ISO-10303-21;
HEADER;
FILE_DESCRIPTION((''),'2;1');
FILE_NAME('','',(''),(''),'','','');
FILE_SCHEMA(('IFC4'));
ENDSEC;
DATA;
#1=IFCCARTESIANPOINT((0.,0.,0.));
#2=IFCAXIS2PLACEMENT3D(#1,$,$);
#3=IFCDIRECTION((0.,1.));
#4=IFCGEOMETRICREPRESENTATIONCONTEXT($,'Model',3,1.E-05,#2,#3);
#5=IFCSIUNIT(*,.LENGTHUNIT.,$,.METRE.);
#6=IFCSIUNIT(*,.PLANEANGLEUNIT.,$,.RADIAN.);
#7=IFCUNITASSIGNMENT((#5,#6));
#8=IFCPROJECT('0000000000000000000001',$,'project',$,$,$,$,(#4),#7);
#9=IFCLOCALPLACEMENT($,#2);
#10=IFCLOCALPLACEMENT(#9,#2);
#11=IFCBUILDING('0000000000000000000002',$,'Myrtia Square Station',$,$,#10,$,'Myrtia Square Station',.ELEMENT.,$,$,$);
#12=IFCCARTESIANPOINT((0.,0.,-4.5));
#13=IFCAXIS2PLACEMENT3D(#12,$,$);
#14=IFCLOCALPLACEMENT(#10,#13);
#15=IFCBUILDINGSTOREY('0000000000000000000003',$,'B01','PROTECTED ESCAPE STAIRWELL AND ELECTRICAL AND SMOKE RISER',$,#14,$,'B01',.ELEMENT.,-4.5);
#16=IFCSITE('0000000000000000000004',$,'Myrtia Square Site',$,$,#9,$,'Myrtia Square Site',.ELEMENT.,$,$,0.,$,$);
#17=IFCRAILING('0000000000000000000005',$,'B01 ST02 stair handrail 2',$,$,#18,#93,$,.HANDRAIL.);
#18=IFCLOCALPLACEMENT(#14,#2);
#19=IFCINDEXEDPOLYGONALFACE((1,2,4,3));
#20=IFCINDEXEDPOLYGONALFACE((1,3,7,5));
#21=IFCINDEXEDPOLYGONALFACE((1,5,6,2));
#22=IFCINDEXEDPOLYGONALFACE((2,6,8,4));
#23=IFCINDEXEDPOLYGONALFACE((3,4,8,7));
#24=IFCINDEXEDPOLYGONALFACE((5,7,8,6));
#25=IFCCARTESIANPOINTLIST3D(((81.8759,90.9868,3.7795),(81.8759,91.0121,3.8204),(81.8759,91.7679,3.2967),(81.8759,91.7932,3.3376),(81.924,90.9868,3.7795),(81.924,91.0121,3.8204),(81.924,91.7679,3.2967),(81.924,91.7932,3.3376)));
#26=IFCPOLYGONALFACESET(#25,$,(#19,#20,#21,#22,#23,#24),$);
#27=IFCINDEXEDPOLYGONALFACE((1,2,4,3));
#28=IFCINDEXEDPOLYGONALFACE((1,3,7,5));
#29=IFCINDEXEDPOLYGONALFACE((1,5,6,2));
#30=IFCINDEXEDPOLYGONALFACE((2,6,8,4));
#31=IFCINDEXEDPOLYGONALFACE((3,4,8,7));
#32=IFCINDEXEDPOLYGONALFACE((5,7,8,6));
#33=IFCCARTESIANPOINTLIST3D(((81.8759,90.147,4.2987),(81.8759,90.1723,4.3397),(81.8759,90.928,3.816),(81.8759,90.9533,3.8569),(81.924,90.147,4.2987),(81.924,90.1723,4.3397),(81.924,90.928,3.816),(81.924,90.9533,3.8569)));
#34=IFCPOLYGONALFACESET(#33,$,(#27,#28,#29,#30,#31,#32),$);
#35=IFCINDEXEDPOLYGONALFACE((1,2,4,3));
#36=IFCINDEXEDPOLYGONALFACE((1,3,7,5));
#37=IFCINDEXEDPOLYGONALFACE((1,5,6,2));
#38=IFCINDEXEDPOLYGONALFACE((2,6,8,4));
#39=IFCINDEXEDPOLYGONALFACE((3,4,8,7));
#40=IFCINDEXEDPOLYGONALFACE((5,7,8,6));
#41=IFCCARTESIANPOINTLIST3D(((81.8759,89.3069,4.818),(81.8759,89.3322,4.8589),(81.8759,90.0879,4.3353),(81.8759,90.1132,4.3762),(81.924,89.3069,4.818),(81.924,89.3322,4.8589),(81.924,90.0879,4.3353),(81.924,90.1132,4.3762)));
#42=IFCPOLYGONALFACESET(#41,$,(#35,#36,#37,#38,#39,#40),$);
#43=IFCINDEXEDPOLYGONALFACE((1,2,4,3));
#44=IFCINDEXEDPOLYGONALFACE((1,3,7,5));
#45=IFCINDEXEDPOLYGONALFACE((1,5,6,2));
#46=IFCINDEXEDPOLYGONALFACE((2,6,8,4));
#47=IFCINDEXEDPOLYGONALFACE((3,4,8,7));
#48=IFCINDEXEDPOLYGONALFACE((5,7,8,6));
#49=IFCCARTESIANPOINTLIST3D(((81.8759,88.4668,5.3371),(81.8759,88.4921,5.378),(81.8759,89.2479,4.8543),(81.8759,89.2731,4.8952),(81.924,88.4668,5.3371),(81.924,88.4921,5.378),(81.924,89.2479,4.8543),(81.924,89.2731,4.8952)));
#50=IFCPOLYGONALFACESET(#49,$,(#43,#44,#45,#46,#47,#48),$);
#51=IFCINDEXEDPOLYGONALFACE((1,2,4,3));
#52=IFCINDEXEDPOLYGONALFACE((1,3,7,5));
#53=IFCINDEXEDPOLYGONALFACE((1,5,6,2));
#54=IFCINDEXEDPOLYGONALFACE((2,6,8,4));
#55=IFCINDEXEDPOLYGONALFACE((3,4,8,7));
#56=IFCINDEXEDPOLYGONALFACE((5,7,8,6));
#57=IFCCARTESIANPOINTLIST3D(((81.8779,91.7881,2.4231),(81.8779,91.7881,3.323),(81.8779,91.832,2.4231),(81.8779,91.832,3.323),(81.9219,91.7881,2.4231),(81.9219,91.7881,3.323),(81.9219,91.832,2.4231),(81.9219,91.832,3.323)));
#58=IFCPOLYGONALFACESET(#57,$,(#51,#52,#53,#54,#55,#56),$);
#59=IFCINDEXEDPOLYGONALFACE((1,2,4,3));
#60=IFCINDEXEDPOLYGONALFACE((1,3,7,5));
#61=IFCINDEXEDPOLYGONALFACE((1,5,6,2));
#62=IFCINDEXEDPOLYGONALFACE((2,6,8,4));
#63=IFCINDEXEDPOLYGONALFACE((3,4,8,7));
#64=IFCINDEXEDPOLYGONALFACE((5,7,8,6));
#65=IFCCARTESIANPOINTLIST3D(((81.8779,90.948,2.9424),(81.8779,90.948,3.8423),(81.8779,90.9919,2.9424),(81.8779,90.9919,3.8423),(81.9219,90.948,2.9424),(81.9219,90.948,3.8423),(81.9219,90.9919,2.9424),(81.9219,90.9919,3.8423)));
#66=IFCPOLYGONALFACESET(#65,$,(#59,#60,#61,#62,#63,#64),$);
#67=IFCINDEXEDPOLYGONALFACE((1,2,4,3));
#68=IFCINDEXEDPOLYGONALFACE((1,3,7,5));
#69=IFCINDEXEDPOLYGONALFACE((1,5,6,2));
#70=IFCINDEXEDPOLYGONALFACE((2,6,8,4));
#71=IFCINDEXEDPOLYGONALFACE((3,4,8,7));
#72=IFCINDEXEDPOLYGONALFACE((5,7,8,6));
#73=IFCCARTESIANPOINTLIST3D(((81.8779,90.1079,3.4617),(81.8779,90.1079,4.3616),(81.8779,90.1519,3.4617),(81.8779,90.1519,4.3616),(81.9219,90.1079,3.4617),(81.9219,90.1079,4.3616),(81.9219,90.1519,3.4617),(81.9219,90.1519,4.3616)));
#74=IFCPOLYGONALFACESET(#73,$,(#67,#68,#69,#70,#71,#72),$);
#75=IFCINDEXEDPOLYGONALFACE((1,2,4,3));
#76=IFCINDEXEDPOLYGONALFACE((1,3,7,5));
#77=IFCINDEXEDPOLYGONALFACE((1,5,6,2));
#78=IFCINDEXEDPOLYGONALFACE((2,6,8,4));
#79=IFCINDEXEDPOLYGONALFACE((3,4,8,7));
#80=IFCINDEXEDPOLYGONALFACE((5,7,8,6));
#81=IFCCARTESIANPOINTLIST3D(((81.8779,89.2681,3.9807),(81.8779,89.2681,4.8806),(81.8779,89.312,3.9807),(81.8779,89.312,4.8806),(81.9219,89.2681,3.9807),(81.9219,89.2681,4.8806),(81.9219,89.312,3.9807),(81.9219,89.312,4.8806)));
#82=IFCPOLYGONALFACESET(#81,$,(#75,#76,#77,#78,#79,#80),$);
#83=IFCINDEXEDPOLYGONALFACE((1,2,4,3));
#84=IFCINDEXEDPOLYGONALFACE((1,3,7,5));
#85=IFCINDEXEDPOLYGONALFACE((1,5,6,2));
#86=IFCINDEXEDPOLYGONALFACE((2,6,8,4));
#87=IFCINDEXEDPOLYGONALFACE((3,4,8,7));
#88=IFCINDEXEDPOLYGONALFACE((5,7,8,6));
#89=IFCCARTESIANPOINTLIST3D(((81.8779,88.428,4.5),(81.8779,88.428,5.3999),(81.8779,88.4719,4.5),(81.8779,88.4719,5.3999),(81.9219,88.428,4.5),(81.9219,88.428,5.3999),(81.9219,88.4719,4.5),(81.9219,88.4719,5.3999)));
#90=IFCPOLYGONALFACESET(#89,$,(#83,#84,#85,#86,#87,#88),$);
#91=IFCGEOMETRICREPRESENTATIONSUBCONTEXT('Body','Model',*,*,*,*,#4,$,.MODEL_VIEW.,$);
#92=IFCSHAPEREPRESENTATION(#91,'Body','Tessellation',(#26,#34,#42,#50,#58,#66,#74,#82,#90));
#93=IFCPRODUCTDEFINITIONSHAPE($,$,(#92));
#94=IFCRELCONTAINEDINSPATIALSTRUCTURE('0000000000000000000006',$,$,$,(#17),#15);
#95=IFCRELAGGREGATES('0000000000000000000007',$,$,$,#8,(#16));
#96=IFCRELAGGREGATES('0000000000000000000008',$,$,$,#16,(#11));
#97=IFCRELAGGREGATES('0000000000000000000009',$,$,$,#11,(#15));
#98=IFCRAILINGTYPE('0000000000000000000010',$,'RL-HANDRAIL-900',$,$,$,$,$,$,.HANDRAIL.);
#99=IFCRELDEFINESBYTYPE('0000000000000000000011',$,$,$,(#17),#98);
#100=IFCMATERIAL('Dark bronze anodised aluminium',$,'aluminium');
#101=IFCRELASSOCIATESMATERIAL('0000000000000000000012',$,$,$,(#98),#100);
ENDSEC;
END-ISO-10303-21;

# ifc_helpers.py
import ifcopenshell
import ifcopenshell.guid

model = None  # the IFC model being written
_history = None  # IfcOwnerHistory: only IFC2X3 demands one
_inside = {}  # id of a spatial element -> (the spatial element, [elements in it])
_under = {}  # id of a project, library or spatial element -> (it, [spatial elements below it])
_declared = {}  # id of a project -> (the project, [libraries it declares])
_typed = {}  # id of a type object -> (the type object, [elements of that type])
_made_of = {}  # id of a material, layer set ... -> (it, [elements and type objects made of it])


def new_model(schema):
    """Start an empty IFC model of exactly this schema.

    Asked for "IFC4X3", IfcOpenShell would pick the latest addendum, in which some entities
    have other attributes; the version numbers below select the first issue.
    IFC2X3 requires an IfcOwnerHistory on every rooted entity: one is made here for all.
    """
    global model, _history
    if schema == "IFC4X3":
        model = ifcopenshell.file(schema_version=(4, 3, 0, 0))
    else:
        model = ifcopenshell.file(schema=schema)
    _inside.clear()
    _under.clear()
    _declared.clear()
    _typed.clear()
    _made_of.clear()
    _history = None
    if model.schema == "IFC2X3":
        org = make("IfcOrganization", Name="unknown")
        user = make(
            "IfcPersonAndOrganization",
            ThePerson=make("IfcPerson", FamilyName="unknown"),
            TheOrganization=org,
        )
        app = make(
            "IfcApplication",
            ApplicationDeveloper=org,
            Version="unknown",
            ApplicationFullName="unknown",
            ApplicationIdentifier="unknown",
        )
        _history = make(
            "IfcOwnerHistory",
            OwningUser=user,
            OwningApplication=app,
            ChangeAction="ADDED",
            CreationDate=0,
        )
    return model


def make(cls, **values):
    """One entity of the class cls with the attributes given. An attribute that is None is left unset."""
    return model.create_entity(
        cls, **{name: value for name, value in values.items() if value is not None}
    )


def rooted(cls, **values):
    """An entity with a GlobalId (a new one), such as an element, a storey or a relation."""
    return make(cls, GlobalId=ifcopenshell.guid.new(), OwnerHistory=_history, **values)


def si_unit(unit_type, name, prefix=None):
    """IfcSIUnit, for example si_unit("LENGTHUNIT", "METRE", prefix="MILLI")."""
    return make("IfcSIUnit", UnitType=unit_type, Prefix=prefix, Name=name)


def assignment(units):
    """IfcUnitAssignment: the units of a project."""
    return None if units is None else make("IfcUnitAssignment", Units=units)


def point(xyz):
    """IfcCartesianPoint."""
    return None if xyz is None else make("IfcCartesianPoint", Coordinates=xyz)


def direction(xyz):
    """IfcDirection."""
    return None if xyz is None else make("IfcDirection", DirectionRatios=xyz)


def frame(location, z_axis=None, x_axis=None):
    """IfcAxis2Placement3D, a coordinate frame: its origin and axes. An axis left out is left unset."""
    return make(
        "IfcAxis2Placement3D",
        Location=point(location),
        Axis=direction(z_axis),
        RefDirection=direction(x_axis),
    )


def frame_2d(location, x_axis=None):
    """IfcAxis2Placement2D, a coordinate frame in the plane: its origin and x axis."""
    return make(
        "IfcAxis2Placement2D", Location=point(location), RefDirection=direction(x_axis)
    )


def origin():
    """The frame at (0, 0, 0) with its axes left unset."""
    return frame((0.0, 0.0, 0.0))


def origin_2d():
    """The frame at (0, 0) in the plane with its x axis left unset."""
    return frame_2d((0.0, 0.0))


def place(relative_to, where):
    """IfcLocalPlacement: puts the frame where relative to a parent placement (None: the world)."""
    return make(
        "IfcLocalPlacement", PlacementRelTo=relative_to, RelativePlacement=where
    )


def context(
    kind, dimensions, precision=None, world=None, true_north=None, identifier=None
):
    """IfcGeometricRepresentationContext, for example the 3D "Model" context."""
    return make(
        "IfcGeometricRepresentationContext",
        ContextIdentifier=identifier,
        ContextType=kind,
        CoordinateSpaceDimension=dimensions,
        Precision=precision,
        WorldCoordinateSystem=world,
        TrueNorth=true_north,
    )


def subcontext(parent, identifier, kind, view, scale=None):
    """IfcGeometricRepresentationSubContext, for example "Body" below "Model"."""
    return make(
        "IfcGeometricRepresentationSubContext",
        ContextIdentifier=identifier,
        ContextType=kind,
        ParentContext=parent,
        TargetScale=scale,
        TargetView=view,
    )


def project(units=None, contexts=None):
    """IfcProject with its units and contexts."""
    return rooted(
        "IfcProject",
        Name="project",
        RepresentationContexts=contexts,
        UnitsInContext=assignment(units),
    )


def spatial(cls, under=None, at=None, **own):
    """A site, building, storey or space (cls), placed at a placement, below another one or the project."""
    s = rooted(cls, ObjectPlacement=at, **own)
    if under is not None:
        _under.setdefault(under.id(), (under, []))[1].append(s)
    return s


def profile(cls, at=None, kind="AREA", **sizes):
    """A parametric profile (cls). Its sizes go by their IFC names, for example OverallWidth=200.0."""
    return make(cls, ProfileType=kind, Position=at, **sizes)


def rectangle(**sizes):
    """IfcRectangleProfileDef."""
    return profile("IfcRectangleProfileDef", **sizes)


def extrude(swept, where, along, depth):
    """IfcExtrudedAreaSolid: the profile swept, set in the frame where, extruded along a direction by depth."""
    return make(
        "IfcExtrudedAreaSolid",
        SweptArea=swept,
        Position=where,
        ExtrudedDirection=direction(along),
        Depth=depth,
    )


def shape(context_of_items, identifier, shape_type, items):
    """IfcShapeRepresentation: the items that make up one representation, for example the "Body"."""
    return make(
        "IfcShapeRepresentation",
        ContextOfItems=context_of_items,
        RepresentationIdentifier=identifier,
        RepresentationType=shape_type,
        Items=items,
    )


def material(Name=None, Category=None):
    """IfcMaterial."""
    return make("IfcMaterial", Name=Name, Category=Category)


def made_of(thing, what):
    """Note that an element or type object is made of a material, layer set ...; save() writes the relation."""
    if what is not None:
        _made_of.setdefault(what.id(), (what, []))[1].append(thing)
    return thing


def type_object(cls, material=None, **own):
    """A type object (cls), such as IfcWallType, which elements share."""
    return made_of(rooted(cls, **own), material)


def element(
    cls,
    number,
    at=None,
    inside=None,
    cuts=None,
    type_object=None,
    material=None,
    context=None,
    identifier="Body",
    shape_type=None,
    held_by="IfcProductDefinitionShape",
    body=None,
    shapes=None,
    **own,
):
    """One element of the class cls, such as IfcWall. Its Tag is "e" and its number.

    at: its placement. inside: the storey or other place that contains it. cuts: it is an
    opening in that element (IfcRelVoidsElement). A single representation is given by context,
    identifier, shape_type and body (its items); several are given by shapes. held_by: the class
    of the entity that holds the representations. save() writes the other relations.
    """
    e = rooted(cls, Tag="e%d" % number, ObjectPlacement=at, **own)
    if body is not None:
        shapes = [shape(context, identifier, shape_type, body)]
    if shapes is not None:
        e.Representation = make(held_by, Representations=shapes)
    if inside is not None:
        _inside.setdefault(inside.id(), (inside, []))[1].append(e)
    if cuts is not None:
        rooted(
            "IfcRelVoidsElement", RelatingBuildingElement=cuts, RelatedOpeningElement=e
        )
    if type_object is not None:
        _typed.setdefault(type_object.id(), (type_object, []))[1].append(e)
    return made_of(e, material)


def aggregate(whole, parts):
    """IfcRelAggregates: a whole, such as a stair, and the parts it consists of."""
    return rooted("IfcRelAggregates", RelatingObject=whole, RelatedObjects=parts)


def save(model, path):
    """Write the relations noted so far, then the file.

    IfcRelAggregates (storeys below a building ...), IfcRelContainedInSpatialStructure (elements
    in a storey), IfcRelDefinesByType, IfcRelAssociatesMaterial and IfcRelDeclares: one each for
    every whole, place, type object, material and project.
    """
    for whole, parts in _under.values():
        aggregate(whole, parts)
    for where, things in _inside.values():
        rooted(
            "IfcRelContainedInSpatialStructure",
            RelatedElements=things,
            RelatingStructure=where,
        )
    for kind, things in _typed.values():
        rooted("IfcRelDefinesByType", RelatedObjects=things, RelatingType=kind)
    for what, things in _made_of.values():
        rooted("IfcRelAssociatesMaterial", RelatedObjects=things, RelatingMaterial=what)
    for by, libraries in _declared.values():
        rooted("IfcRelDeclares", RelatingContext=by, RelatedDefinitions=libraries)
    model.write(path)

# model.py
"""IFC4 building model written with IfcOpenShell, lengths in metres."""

from ifc_helpers import new_model, si_unit, direction, frame, origin, origin_2d, place, context, subcontext, project, spatial, rectangle, extrude, material, type_object, element, save


model = new_model("IFC4")

# Units and contexts
model_context = context("Model", 3, precision=1e-05, world=origin(), true_north=direction((0.0, 1.0)))
body_context = subcontext(model_context, "Body", "Model", "MODEL_VIEW")
ifc_project = project(units=[si_unit("LENGTHUNIT", "METRE"), si_unit("PLANEANGLEUNIT", "RADIAN")], contexts=[model_context])

# Site, building, storey
site_placement = place(None, origin())
site = spatial("IfcSite", under=ifc_project, at=site_placement, Name="Myrtia Square Site", LongName="Myrtia Square Site", CompositionType="ELEMENT", RefElevation=0.0)
building_placement = place(site_placement, origin())
building = spatial("IfcBuilding", under=site, at=building_placement, Name="Myrtia Square Station", LongName="Myrtia Square Station", CompositionType="ELEMENT")
storey_placement = place(building_placement, frame((0.0, 0.0, -4.5)))
storey = spatial("IfcBuildingStorey", under=building, at=storey_placement, Name="B01", Description="PROTECTED ESCAPE STAIRWELL AND ELECTRICAL AND SMOKE RISER", LongName="B01", CompositionType="ELEMENT", Elevation=-4.5)

# Shared definitions
ifc_material_1 = material(Name="Dark bronze anodised aluminium", Category="aluminium")

# Railing
railing_type = type_object("IfcRailingType", Name="RL-HANDRAIL-900", PredefinedType="HANDRAIL", material=ifc_material_1)
railing_placement = place(storey_placement, frame((81.8999, 91.8101, 2.4231)))
element("IfcRailing", 1, at=railing_placement, inside=storey, type_object=railing_type, Name="B01 ST02 stair handrail 2", PredefinedType="HANDRAIL", context=body_context, shape_type="SweptSolid", body=[
    extrude(rectangle(XDim=0.0481, YDim=0.0481, at=origin_2d()), frame((0.0, -0.0295, 0.894), z_axis=(0.0, -0.850623, 0.525776), x_axis=(1.0, 0.0, 0.0)), (0.0, 0.0, 1.0), 0.9182),
    extrude(rectangle(XDim=0.0481, YDim=0.0481, at=origin_2d()), frame((0.0, -0.8694, 1.4133), z_axis=(0.0, -0.850623, 0.525776), x_axis=(1.0, 0.0, 0.0)), (0.0, 0.0, 1.0), 0.9182),
    extrude(rectangle(XDim=0.0481, YDim=0.0481, at=origin_2d()), frame((0.0, -1.7095, 1.9326), z_axis=(0.0, -0.850623, 0.525776), x_axis=(1.0, 0.0, 0.0)), (0.0, 0.0, 1.0), 0.9182),
    extrude(rectangle(XDim=0.0481, YDim=0.0481, at=origin_2d()), frame((0.0, -2.5496, 2.4517), z_axis=(0.0, -0.850623, 0.525776), x_axis=(1.0, 0.0, 0.0)), (0.0, 0.0, 1.0), 0.9182),
    extrude(rectangle(XDim=0.0439, YDim=0.0439, at=origin_2d()), origin(), (0.0, 0.0, 1.0), 0.8999),
    extrude(rectangle(XDim=0.0439, YDim=0.0439, at=origin_2d()), frame((0.0, -0.8401, 0.5193)), (0.0, 0.0, 1.0), 0.8999),
    extrude(rectangle(XDim=0.0439, YDim=0.0439, at=origin_2d()), frame((0.0, -1.6802, 1.0386)), (0.0, 0.0, 1.0), 0.8999),
    extrude(rectangle(XDim=0.0439, YDim=0.0439, at=origin_2d()), frame((0.0, -2.52, 1.5576)), (0.0, 0.0, 1.0), 0.8999),
    extrude(rectangle(XDim=0.0439, YDim=0.0439, at=origin_2d()), frame((0.0, -3.3601, 2.0769)), (0.0, 0.0, 1.0), 0.8999),
])

save(model, "model.ifc")
